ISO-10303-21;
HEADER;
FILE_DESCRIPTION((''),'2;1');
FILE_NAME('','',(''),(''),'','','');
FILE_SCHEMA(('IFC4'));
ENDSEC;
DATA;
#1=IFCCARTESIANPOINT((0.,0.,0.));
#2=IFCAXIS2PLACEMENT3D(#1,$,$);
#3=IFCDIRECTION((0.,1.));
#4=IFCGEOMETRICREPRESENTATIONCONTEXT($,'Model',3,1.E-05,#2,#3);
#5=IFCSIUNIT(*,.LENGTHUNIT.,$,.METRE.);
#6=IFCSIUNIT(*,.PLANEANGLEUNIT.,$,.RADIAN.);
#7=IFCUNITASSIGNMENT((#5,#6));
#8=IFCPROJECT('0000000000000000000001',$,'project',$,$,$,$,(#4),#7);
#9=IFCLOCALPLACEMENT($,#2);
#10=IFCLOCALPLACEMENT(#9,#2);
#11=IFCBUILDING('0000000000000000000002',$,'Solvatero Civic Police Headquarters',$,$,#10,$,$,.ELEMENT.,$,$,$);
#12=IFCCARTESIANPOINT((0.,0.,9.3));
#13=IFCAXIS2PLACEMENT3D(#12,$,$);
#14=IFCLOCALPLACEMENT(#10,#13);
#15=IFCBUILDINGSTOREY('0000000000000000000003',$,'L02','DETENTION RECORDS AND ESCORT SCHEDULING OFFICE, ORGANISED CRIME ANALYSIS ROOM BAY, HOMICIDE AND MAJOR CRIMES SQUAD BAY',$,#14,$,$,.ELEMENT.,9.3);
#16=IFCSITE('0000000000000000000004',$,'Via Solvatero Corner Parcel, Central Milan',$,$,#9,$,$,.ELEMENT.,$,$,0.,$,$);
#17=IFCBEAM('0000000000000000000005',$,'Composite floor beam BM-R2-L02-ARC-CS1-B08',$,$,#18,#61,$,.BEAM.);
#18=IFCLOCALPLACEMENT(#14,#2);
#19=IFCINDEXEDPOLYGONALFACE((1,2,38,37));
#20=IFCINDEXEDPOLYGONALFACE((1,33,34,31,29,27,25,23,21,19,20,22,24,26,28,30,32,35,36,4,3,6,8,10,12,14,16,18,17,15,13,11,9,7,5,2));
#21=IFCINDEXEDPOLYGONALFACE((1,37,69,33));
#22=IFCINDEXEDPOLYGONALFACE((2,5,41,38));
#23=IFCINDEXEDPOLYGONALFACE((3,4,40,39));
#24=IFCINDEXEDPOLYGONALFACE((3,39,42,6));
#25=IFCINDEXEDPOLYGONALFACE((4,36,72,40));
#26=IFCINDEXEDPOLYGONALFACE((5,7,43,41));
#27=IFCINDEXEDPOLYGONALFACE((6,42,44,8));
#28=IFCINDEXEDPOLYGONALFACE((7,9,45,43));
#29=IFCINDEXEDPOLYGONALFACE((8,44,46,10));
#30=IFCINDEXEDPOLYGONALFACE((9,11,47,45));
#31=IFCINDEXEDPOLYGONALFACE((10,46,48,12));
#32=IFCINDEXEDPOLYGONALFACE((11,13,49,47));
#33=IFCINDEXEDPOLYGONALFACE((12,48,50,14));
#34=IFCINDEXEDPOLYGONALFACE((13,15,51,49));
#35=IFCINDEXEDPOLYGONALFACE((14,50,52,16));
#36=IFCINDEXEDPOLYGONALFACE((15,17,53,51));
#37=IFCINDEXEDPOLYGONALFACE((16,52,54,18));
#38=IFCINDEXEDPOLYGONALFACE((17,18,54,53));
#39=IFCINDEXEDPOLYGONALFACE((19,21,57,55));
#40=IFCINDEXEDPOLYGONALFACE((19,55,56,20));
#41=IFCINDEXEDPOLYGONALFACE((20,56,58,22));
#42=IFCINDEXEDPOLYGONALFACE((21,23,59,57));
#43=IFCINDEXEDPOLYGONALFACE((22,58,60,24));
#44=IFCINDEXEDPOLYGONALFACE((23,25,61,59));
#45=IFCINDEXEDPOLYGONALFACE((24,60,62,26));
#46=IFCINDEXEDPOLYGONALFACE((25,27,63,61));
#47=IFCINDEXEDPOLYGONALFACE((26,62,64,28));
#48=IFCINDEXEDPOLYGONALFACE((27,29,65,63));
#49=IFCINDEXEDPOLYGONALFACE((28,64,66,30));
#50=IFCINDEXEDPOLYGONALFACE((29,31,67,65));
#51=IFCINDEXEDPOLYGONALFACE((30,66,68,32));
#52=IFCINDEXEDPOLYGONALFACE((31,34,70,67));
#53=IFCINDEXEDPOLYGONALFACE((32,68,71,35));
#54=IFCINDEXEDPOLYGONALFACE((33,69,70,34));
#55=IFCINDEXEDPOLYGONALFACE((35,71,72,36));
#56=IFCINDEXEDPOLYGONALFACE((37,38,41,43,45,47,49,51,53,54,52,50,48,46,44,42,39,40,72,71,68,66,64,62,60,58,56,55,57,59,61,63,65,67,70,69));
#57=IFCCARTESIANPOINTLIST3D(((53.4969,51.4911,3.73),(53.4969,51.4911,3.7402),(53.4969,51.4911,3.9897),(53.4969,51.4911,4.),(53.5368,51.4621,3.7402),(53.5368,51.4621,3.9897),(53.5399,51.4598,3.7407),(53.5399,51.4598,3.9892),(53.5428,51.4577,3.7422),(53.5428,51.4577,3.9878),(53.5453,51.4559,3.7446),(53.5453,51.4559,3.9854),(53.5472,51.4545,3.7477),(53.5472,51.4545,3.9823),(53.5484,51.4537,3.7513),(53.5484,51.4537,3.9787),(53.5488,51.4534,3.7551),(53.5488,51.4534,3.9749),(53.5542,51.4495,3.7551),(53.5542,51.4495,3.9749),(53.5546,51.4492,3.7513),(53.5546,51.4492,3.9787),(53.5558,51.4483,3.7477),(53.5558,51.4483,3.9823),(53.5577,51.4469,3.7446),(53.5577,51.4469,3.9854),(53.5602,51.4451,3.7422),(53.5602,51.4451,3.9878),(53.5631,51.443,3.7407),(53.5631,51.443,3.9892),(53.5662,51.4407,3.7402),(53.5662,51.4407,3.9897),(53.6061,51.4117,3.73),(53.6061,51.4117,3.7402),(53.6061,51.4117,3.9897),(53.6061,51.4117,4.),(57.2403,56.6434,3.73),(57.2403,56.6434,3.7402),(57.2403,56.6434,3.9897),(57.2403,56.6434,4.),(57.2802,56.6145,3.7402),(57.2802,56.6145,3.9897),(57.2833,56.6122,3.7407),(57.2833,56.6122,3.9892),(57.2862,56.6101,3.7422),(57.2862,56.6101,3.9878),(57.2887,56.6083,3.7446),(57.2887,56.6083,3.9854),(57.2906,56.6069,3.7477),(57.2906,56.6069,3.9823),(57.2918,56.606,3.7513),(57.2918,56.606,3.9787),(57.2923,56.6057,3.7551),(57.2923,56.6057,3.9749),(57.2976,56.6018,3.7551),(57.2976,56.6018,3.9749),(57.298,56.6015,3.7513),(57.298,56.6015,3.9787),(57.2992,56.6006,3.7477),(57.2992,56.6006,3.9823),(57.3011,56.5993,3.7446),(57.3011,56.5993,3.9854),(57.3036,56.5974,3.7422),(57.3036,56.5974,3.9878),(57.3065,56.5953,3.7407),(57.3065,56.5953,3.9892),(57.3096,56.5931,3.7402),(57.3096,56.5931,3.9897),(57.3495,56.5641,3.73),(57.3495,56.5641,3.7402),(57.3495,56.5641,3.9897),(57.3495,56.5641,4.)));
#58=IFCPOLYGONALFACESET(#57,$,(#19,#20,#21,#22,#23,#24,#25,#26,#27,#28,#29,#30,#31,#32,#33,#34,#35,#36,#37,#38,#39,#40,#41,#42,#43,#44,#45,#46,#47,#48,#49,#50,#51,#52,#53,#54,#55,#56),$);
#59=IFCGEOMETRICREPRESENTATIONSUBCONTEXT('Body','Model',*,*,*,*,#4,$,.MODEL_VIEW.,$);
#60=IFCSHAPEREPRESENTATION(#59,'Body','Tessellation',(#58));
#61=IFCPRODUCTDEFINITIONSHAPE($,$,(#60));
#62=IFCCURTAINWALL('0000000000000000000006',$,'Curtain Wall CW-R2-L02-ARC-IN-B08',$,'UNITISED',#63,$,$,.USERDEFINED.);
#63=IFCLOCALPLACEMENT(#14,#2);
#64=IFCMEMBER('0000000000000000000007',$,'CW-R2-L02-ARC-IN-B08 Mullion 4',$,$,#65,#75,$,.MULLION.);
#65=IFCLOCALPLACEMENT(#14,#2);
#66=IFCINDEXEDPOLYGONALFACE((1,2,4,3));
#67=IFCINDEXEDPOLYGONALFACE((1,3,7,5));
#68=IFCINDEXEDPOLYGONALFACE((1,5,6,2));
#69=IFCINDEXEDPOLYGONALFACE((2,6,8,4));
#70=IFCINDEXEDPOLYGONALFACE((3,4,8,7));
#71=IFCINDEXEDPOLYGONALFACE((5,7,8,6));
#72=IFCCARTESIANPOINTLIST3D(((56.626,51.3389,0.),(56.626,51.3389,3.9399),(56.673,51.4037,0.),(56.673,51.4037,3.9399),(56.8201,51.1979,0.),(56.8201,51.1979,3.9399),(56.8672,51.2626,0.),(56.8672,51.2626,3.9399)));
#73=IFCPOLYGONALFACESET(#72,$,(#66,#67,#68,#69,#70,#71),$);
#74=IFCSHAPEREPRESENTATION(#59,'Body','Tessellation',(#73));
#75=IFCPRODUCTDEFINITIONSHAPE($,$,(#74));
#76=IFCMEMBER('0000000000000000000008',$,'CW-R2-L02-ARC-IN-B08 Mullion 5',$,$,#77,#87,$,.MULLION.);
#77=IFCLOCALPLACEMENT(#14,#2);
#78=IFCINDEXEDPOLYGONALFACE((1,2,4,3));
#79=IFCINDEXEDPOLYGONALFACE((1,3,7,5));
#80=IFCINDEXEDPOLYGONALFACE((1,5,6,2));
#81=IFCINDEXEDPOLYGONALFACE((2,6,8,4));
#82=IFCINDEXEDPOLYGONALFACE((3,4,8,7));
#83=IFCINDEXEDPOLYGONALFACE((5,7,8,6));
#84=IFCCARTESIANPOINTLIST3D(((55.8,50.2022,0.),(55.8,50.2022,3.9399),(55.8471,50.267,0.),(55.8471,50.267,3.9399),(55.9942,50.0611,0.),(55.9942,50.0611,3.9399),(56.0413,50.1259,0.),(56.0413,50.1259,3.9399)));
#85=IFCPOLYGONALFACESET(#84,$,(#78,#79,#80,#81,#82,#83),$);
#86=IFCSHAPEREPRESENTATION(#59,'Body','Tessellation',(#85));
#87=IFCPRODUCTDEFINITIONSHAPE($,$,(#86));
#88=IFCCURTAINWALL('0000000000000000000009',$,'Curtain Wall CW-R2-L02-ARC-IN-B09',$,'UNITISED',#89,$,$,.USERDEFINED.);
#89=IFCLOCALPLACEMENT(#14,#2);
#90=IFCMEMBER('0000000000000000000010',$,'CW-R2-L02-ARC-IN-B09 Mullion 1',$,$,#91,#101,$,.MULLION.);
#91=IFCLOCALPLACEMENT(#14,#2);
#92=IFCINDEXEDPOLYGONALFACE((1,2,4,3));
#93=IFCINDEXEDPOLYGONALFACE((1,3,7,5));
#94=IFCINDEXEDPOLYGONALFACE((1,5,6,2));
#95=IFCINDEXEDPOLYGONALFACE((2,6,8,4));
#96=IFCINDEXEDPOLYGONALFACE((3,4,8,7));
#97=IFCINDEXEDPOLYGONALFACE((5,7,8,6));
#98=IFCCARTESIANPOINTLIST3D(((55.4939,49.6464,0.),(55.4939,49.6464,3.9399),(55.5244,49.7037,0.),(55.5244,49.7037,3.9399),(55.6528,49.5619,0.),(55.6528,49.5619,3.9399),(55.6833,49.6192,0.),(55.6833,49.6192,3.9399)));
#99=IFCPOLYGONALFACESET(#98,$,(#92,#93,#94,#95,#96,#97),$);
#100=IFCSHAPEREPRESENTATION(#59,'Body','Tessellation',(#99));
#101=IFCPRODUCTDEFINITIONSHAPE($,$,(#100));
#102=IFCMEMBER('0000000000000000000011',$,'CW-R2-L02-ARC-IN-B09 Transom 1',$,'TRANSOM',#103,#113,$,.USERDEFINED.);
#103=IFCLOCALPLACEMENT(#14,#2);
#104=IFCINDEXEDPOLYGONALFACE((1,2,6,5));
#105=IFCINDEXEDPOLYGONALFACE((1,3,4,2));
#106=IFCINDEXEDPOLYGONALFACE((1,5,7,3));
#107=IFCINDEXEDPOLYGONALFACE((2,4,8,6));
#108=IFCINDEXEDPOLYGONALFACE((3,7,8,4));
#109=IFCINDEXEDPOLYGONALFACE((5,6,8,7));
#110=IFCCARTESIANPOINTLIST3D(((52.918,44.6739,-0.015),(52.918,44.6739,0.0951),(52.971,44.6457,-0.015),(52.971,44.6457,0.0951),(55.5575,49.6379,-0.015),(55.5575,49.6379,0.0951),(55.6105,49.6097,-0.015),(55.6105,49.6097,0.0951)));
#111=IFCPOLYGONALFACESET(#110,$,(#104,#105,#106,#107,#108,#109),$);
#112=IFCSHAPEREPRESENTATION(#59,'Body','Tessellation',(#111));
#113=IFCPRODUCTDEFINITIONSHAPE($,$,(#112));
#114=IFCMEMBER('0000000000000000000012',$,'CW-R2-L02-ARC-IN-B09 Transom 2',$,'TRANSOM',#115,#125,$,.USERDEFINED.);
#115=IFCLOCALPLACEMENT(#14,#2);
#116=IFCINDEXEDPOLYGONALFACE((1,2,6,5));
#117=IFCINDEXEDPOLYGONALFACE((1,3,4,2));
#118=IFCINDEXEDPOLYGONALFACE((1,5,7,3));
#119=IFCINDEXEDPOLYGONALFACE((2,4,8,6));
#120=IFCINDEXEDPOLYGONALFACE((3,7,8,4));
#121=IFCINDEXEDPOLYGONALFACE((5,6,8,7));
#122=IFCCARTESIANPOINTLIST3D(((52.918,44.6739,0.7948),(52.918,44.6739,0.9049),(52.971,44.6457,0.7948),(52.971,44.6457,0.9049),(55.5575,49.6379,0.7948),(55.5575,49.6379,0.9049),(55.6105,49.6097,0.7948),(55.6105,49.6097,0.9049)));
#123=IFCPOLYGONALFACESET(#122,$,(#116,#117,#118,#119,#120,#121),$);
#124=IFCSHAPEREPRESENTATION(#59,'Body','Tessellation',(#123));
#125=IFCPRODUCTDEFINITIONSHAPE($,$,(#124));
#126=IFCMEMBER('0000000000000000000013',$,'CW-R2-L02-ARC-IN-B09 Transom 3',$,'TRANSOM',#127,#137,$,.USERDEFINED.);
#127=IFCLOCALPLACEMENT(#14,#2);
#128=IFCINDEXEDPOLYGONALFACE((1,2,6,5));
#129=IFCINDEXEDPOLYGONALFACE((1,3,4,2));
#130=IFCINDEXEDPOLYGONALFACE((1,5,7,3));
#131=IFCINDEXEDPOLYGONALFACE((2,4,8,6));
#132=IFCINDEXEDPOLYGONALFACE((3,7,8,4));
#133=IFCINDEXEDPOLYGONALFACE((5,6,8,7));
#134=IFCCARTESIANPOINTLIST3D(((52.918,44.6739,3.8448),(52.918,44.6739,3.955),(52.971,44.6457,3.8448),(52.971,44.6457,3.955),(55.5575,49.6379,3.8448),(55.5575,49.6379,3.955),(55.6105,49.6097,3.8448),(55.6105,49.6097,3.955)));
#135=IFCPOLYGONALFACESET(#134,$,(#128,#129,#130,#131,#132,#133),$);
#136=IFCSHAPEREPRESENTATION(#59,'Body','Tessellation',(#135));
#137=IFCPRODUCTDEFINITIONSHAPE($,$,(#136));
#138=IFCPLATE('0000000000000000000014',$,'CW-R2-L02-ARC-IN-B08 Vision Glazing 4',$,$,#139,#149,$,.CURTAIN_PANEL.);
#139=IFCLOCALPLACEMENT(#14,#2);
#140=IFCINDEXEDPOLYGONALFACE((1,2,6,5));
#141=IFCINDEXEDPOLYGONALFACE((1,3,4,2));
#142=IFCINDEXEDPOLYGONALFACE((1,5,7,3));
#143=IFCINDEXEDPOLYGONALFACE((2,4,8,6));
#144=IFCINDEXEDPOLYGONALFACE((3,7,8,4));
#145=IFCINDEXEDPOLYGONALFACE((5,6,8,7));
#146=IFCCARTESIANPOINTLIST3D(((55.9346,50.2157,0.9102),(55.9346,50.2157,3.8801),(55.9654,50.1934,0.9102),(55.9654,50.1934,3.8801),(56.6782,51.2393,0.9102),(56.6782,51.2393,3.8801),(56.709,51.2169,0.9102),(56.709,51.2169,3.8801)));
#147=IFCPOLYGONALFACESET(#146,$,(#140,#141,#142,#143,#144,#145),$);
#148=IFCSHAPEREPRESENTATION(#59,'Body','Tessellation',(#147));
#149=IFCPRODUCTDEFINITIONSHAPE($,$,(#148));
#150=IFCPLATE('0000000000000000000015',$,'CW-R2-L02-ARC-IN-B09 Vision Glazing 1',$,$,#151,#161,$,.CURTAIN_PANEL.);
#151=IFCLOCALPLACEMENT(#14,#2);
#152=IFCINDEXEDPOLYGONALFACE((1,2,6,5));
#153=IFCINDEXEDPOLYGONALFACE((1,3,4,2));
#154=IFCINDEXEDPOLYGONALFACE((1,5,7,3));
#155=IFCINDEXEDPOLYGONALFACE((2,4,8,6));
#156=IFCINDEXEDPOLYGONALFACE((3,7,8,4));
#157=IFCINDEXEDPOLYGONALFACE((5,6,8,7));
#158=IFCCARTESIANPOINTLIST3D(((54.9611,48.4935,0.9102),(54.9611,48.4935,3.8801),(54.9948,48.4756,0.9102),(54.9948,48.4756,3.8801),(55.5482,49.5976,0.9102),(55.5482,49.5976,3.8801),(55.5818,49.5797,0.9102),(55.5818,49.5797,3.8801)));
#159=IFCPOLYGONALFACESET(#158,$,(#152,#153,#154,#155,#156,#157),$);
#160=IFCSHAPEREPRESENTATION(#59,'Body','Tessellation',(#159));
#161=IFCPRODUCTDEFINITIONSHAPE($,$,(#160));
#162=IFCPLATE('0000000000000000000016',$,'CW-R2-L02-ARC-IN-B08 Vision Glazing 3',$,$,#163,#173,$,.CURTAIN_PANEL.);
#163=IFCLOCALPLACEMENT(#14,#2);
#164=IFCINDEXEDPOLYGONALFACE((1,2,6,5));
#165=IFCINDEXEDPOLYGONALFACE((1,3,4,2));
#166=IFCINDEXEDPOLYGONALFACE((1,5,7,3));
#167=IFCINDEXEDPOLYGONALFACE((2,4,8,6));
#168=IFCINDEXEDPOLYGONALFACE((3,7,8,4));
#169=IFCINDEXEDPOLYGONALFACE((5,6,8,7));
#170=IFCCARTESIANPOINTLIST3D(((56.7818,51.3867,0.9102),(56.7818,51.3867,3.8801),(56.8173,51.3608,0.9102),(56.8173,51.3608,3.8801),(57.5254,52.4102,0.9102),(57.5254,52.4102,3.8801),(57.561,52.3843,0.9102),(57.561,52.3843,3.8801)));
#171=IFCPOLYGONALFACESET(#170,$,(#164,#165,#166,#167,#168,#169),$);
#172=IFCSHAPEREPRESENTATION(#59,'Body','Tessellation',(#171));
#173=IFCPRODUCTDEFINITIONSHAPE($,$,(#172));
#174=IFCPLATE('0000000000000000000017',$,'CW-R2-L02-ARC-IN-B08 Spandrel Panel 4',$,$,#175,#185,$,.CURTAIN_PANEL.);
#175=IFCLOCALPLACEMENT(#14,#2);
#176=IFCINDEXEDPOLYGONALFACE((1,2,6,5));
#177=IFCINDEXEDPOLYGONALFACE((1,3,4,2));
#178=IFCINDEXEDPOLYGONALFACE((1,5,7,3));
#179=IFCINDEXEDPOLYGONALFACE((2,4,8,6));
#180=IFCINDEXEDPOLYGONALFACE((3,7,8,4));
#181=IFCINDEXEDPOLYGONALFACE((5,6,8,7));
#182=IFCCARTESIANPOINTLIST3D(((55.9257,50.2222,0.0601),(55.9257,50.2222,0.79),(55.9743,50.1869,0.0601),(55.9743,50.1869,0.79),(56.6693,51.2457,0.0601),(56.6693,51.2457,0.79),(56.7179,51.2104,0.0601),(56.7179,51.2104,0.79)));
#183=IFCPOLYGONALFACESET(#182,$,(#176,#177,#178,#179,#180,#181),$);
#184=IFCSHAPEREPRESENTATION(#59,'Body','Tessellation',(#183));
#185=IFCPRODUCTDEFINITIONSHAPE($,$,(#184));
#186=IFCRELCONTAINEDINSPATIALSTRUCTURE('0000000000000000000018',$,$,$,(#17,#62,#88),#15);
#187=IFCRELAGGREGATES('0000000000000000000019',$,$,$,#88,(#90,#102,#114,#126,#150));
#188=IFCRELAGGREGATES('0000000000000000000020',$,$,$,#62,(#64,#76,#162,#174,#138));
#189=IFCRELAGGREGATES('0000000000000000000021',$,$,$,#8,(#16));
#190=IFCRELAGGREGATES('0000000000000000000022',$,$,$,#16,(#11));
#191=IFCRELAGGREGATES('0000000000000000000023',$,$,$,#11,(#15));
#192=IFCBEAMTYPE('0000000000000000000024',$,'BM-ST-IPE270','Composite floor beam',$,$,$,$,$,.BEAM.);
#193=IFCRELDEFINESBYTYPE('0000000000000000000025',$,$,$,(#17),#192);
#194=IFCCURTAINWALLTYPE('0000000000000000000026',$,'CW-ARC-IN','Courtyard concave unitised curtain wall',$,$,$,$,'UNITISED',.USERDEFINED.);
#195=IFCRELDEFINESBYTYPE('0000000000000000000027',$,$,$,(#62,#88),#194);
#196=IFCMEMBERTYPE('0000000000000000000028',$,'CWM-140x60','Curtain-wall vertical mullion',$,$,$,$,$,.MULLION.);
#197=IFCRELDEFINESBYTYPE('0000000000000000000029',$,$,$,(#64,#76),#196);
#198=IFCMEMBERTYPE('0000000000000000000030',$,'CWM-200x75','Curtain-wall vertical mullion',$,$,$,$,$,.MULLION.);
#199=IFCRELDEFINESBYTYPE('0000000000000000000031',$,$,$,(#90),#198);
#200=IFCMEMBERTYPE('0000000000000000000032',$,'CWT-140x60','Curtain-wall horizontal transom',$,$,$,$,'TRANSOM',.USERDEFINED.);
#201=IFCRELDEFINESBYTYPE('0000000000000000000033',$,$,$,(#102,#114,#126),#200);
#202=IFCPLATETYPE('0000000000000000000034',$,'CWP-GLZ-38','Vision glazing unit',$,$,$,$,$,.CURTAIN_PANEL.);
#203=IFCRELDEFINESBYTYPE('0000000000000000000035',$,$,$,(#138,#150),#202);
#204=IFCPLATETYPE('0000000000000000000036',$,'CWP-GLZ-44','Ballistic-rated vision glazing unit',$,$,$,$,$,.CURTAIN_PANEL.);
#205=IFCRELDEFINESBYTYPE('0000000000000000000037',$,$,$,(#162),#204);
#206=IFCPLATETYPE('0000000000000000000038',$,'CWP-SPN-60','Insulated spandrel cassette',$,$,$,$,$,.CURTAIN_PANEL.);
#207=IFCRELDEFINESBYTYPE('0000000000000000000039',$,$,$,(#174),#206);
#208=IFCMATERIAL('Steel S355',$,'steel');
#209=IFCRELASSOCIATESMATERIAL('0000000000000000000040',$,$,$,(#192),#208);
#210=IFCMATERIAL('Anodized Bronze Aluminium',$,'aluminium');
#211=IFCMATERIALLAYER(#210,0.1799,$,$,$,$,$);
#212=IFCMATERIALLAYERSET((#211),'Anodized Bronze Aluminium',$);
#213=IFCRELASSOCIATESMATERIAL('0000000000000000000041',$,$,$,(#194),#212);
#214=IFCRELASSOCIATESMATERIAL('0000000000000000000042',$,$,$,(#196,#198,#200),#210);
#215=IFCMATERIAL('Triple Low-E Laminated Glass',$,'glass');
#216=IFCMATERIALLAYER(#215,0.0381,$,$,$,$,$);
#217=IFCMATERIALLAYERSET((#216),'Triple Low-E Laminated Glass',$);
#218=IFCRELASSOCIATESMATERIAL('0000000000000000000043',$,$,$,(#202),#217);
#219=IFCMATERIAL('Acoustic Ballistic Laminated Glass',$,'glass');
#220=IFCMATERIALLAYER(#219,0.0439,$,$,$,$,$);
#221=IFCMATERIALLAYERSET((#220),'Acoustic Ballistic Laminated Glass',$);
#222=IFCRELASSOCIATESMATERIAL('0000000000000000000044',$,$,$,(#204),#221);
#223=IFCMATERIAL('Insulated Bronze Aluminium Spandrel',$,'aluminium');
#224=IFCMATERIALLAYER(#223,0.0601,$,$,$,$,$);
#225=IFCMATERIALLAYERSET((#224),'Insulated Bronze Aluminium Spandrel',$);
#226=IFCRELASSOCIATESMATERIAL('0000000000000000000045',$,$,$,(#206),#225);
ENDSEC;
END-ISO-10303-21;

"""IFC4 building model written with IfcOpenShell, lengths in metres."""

from ifc_helpers import new_model, si_unit, direction, frame, origin, origin_2d, place, context, subcontext, project, spatial, rectangle, i_section, extrude, material, layer, layer_set, material_profile, profile_set, type_object, element, aggregate, save


model = new_model("IFC4")

# Units and contexts
model_context = context("Model", 3, precision=1e-05, world=origin(), true_north=direction((0.0, 1.0)))
body_context = subcontext(model_context, "Body", "Model", "MODEL_VIEW")
ifc_project = project(units=[si_unit("LENGTHUNIT", "METRE"), si_unit("PLANEANGLEUNIT", "RADIAN")], contexts=[model_context])

# Site, building, storey
site_placement = place(None, origin())
site = spatial("IfcSite", under=ifc_project, at=site_placement, Name="Via Solvatero Corner Parcel, Central Milan", CompositionType="ELEMENT", RefElevation=0.0)
building_placement = place(site_placement, origin())
building = spatial("IfcBuilding", under=site, at=building_placement, Name="Solvatero Civic Police Headquarters", CompositionType="ELEMENT")
storey_placement = place(building_placement, frame((0.0, 0.0, 9.3)))
storey = spatial("IfcBuildingStorey", under=building, at=storey_placement, Name="L02", Description="DETENTION RECORDS AND ESCORT SCHEDULING OFFICE, ORGANISED CRIME ANALYSIS ROOM BAY, HOMICIDE AND MAJOR CRIMES SQUAD BAY", CompositionType="ELEMENT", Elevation=9.3)

# Shared definitions
ifc_material_1 = material(Name="Steel S355", Category="steel")

# Beam
ifc_material_profile_1 = material_profile(ifc_material_1, i_section(OverallWidth=0.135, OverallDepth=0.27, WebThickness=0.0066, FlangeThickness=0.0103, FilletRadius=0.0149, at=origin_2d()), Name="IPE 270")
ifc_profile_set_1 = profile_set([ifc_material_profile_1], Name="Steel S355")
beam_type_1 = type_object("IfcBeamType", Name="BM-ST-IPE270", Description="Composite floor beam", PredefinedType="BEAM", material=ifc_profile_set_1)
beam_1_placement = place(storey_placement, frame((57.2949, 56.6038, 3.865), z_axis=(-0.587786, -0.809016, 0.0), x_axis=(0.809016, -0.587786, 0.0)))
element("IfcBeam", 1, at=beam_1_placement, inside=storey, type_object=beam_type_1, Name="Composite floor beam BM-R2-L02-ARC-CS1-B08", PredefinedType="BEAM", context=body_context, shape_type="SweptSolid", body=[
    extrude(i_section(OverallWidth=0.135, OverallDepth=0.27, WebThickness=0.0066, FlangeThickness=0.0103, FilletRadius=0.0149, at=origin_2d()), origin(), (0.0, 0.0, 1.0), 6.3687),
])

# Curtain walls, members
ifc_material_2 = material(Name="Anodized Bronze Aluminium", Category="aluminium")
ifc_layer_1 = layer(ifc_material_2, 0.1799)
ifc_layer_set_1 = layer_set([ifc_layer_1], Name="Anodized Bronze Aluminium")
curtain_wall_type = type_object("IfcCurtainWallType", Name="CW-ARC-IN", Description="Courtyard concave unitised curtain wall", ElementType="UNITISED", PredefinedType="USERDEFINED", material=ifc_layer_set_1)
curtain_wall_1_placement = place(storey_placement, origin())
curtain_wall_1 = element("IfcCurtainWall", 2, at=curtain_wall_1_placement, inside=storey, type_object=curtain_wall_type, Name="Curtain Wall CW-R2-L02-ARC-IN-B08", ObjectType="UNITISED", PredefinedType="USERDEFINED")
ifc_material_profile_2 = material_profile(ifc_material_2, rectangle(XDim=0.0801, YDim=0.24, at=origin_2d()), Name="ALU MULLION 80x240")
ifc_profile_set_2 = profile_set([ifc_material_profile_2], Name="Anodized Bronze Aluminium")
member_type_1 = type_object("IfcMemberType", Name="CWM-140x60", Description="Curtain-wall vertical mullion", PredefinedType="MULLION", material=ifc_profile_set_2)
member_1_placement = place(storey_placement, frame((56.7466, 51.3008, 0.0), z_axis=(0.0, 0.0, 1.0), x_axis=(-0.587785, -0.809017, 0.0)))
member_1 = element("IfcMember", 3, at=member_1_placement, type_object=member_type_1, Name="CW-R2-L02-ARC-IN-B08 Mullion 4", PredefinedType="MULLION", context=body_context, shape_type="SweptSolid", body=[
    extrude(rectangle(XDim=0.0801, YDim=0.24, at=origin_2d()), origin(), (0.0, 0.0, 1.0), 3.9399),
])
member_2_placement = place(storey_placement, frame((55.9207, 50.1641, 0.0), z_axis=(0.0, 0.0, 1.0), x_axis=(-0.587785, -0.809017, 0.0)))
member_2 = element("IfcMember", 4, at=member_2_placement, type_object=member_type_1, Name="CW-R2-L02-ARC-IN-B08 Mullion 5", PredefinedType="MULLION", context=body_context, shape_type="SweptSolid", body=[
    extrude(rectangle(XDim=0.0801, YDim=0.24, at=origin_2d()), origin(), (0.0, 0.0, 1.0), 3.9399),
])
curtain_wall_2_placement = place(storey_placement, origin())
curtain_wall_2 = element("IfcCurtainWall", 5, at=curtain_wall_2_placement, inside=storey, type_object=curtain_wall_type, Name="Curtain Wall CW-R2-L02-ARC-IN-B09", ObjectType="UNITISED", PredefinedType="USERDEFINED")
ifc_material_profile_3 = material_profile(ifc_material_2, rectangle(XDim=0.0649, YDim=0.1799, at=origin_2d()), Name="ALU MULLION 65x180")
ifc_profile_set_3 = profile_set([ifc_material_profile_3], Name="Anodized Bronze Aluminium")
member_type_2 = type_object("IfcMemberType", Name="CWM-200x75", Description="Curtain-wall vertical mullion", PredefinedType="MULLION", material=ifc_profile_set_3)
member_3_placement = place(storey_placement, frame((55.5886, 49.6328, 0.0), z_axis=(0.0, 0.0, 1.0), x_axis=(-0.469472, -0.882948, 0.0)))
member_3 = element("IfcMember", 6, at=member_3_placement, type_object=member_type_2, Name="CW-R2-L02-ARC-IN-B09 Mullion 1", PredefinedType="MULLION", context=body_context, shape_type="SweptSolid", body=[
    extrude(rectangle(XDim=0.0649, YDim=0.1799, at=origin_2d()), origin(), (0.0, 0.0, 1.0), 3.9399),
])
ifc_material_profile_4 = material_profile(ifc_material_2, rectangle(XDim=0.0601, YDim=0.1101, at=origin_2d()), Name="ALU TRANSOM 60x110")
ifc_profile_set_4 = profile_set([ifc_material_profile_4], Name="Anodized Bronze Aluminium")
member_type_3 = type_object("IfcMemberType", Name="CWT-140x60", Description="Curtain-wall horizontal transom", ElementType="TRANSOM", PredefinedType="USERDEFINED", material=ifc_profile_set_4)
member_4_placement = place(storey_placement, frame((55.584, 49.6238, 0.04), z_axis=(-0.469481, -0.882942, 0.0), x_axis=(0.882942, -0.469481, 0.0)))
member_4 = element("IfcMember", 7, at=member_4_placement, type_object=member_type_3, Name="CW-R2-L02-ARC-IN-B09 Transom 1", ObjectType="TRANSOM", PredefinedType="USERDEFINED", context=body_context, shape_type="SweptSolid", body=[
    extrude(rectangle(XDim=0.0601, YDim=0.1101, at=origin_2d()), origin(), (0.0, 0.0, 1.0), 5.6221),
])
member_5_placement = place(storey_placement, frame((55.584, 49.6238, 0.8499), z_axis=(-0.469481, -0.882942, 0.0), x_axis=(0.882942, -0.469481, 0.0)))
member_5 = element("IfcMember", 8, at=member_5_placement, type_object=member_type_3, Name="CW-R2-L02-ARC-IN-B09 Transom 2", ObjectType="TRANSOM", PredefinedType="USERDEFINED", context=body_context, shape_type="SweptSolid", body=[
    extrude(rectangle(XDim=0.0601, YDim=0.1101, at=origin_2d()), origin(), (0.0, 0.0, 1.0), 5.6221),
])
member_6_placement = place(storey_placement, frame((55.584, 49.6238, 3.8999), z_axis=(-0.469481, -0.882942, 0.0), x_axis=(0.882942, -0.469481, 0.0)))
member_6 = element("IfcMember", 9, at=member_6_placement, type_object=member_type_3, Name="CW-R2-L02-ARC-IN-B09 Transom 3", ObjectType="TRANSOM", PredefinedType="USERDEFINED", context=body_context, shape_type="SweptSolid", body=[
    extrude(rectangle(XDim=0.0601, YDim=0.1101, at=origin_2d()), origin(), (0.0, 0.0, 1.0), 5.6221),
])

# Plates
ifc_material_3 = material(Name="Triple Low-E Laminated Glass", Category="glass")
ifc_layer_2 = layer(ifc_material_3, 0.0381)
ifc_layer_set_2 = layer_set([ifc_layer_2], Name="Triple Low-E Laminated Glass")
plate_type_1 = type_object("IfcPlateType", Name="CWP-GLZ-38", Description="Vision glazing unit", PredefinedType="CURTAIN_PANEL", material=ifc_layer_set_2)
plate_1_placement = place(storey_placement, frame((56.3218, 50.7163, 0.9102), z_axis=(0.0, 0.0, 1.0), x_axis=(-0.587785, -0.809017, 0.0)))
plate_1 = element("IfcPlate", 10, at=plate_1_placement, type_object=plate_type_1, Name="CW-R2-L02-ARC-IN-B08 Vision Glazing 4", PredefinedType="CURTAIN_PANEL", context=body_context, shape_type="SweptSolid", body=[
    extrude(rectangle(XDim=1.2651, YDim=0.0381, at=origin_2d()), origin(), (0.0, 0.0, 1.0), 2.97),
])
plate_2_placement = place(storey_placement, frame((55.2715, 49.0366, 0.9102), z_axis=(0.0, 0.0, 1.0), x_axis=(-0.469472, -0.882948, 0.0)))
plate_2 = element("IfcPlate", 11, at=plate_2_placement, type_object=plate_type_1, Name="CW-R2-L02-ARC-IN-B09 Vision Glazing 1", PredefinedType="CURTAIN_PANEL", context=body_context, shape_type="SweptSolid", body=[
    extrude(rectangle(XDim=1.2505, YDim=0.0381, at=origin_2d()), origin(), (0.0, 0.0, 1.0), 2.97),
])
ifc_material_4 = material(Name="Acoustic Ballistic Laminated Glass", Category="glass")
ifc_layer_3 = layer(ifc_material_4, 0.0439)
ifc_layer_set_3 = layer_set([ifc_layer_3], Name="Acoustic Ballistic Laminated Glass")
plate_type_2 = type_object("IfcPlateType", Name="CWP-GLZ-44", Description="Ballistic-rated vision glazing unit", PredefinedType="CURTAIN_PANEL", material=ifc_layer_set_3)
plate_3_placement = place(storey_placement, frame((57.1714, 51.8855, 0.9102), z_axis=(0.0, 0.0, 1.0), x_axis=(-0.587785, -0.809017, 0.0)))
plate_3 = element("IfcPlate", 12, at=plate_3_placement, type_object=plate_type_2, Name="CW-R2-L02-ARC-IN-B08 Vision Glazing 3", PredefinedType="CURTAIN_PANEL", context=body_context, shape_type="SweptSolid", body=[
    extrude(rectangle(XDim=1.2651, YDim=0.0439, at=origin_2d()), origin(), (0.0, 0.0, 1.0), 2.97),
])
ifc_material_5 = material(Name="Insulated Bronze Aluminium Spandrel", Category="aluminium")
ifc_layer_4 = layer(ifc_material_5, 0.0601)
ifc_layer_set_4 = layer_set([ifc_layer_4], Name="Insulated Bronze Aluminium Spandrel")
plate_type_3 = type_object("IfcPlateType", Name="CWP-SPN-60", Description="Insulated spandrel cassette", PredefinedType="CURTAIN_PANEL", material=ifc_layer_set_4)
plate_4_placement = place(storey_placement, frame((56.3218, 50.7163, 0.0601), z_axis=(0.0, 0.0, 1.0), x_axis=(-0.587785, -0.809017, 0.0)))
plate_4 = element("IfcPlate", 13, at=plate_4_placement, type_object=plate_type_3, Name="CW-R2-L02-ARC-IN-B08 Spandrel Panel 4", PredefinedType="CURTAIN_PANEL", context=body_context, shape_type="SweptSolid", body=[
    extrude(rectangle(XDim=1.2651, YDim=0.0601, at=origin_2d()), origin(), (0.0, 0.0, 1.0), 0.73),
])
aggregate(curtain_wall_2, [member_3, member_4, member_5, member_6, plate_2])
aggregate(curtain_wall_1, [member_1, member_2, plate_3, plate_4, plate_1])

save(model, "model.ifc")
